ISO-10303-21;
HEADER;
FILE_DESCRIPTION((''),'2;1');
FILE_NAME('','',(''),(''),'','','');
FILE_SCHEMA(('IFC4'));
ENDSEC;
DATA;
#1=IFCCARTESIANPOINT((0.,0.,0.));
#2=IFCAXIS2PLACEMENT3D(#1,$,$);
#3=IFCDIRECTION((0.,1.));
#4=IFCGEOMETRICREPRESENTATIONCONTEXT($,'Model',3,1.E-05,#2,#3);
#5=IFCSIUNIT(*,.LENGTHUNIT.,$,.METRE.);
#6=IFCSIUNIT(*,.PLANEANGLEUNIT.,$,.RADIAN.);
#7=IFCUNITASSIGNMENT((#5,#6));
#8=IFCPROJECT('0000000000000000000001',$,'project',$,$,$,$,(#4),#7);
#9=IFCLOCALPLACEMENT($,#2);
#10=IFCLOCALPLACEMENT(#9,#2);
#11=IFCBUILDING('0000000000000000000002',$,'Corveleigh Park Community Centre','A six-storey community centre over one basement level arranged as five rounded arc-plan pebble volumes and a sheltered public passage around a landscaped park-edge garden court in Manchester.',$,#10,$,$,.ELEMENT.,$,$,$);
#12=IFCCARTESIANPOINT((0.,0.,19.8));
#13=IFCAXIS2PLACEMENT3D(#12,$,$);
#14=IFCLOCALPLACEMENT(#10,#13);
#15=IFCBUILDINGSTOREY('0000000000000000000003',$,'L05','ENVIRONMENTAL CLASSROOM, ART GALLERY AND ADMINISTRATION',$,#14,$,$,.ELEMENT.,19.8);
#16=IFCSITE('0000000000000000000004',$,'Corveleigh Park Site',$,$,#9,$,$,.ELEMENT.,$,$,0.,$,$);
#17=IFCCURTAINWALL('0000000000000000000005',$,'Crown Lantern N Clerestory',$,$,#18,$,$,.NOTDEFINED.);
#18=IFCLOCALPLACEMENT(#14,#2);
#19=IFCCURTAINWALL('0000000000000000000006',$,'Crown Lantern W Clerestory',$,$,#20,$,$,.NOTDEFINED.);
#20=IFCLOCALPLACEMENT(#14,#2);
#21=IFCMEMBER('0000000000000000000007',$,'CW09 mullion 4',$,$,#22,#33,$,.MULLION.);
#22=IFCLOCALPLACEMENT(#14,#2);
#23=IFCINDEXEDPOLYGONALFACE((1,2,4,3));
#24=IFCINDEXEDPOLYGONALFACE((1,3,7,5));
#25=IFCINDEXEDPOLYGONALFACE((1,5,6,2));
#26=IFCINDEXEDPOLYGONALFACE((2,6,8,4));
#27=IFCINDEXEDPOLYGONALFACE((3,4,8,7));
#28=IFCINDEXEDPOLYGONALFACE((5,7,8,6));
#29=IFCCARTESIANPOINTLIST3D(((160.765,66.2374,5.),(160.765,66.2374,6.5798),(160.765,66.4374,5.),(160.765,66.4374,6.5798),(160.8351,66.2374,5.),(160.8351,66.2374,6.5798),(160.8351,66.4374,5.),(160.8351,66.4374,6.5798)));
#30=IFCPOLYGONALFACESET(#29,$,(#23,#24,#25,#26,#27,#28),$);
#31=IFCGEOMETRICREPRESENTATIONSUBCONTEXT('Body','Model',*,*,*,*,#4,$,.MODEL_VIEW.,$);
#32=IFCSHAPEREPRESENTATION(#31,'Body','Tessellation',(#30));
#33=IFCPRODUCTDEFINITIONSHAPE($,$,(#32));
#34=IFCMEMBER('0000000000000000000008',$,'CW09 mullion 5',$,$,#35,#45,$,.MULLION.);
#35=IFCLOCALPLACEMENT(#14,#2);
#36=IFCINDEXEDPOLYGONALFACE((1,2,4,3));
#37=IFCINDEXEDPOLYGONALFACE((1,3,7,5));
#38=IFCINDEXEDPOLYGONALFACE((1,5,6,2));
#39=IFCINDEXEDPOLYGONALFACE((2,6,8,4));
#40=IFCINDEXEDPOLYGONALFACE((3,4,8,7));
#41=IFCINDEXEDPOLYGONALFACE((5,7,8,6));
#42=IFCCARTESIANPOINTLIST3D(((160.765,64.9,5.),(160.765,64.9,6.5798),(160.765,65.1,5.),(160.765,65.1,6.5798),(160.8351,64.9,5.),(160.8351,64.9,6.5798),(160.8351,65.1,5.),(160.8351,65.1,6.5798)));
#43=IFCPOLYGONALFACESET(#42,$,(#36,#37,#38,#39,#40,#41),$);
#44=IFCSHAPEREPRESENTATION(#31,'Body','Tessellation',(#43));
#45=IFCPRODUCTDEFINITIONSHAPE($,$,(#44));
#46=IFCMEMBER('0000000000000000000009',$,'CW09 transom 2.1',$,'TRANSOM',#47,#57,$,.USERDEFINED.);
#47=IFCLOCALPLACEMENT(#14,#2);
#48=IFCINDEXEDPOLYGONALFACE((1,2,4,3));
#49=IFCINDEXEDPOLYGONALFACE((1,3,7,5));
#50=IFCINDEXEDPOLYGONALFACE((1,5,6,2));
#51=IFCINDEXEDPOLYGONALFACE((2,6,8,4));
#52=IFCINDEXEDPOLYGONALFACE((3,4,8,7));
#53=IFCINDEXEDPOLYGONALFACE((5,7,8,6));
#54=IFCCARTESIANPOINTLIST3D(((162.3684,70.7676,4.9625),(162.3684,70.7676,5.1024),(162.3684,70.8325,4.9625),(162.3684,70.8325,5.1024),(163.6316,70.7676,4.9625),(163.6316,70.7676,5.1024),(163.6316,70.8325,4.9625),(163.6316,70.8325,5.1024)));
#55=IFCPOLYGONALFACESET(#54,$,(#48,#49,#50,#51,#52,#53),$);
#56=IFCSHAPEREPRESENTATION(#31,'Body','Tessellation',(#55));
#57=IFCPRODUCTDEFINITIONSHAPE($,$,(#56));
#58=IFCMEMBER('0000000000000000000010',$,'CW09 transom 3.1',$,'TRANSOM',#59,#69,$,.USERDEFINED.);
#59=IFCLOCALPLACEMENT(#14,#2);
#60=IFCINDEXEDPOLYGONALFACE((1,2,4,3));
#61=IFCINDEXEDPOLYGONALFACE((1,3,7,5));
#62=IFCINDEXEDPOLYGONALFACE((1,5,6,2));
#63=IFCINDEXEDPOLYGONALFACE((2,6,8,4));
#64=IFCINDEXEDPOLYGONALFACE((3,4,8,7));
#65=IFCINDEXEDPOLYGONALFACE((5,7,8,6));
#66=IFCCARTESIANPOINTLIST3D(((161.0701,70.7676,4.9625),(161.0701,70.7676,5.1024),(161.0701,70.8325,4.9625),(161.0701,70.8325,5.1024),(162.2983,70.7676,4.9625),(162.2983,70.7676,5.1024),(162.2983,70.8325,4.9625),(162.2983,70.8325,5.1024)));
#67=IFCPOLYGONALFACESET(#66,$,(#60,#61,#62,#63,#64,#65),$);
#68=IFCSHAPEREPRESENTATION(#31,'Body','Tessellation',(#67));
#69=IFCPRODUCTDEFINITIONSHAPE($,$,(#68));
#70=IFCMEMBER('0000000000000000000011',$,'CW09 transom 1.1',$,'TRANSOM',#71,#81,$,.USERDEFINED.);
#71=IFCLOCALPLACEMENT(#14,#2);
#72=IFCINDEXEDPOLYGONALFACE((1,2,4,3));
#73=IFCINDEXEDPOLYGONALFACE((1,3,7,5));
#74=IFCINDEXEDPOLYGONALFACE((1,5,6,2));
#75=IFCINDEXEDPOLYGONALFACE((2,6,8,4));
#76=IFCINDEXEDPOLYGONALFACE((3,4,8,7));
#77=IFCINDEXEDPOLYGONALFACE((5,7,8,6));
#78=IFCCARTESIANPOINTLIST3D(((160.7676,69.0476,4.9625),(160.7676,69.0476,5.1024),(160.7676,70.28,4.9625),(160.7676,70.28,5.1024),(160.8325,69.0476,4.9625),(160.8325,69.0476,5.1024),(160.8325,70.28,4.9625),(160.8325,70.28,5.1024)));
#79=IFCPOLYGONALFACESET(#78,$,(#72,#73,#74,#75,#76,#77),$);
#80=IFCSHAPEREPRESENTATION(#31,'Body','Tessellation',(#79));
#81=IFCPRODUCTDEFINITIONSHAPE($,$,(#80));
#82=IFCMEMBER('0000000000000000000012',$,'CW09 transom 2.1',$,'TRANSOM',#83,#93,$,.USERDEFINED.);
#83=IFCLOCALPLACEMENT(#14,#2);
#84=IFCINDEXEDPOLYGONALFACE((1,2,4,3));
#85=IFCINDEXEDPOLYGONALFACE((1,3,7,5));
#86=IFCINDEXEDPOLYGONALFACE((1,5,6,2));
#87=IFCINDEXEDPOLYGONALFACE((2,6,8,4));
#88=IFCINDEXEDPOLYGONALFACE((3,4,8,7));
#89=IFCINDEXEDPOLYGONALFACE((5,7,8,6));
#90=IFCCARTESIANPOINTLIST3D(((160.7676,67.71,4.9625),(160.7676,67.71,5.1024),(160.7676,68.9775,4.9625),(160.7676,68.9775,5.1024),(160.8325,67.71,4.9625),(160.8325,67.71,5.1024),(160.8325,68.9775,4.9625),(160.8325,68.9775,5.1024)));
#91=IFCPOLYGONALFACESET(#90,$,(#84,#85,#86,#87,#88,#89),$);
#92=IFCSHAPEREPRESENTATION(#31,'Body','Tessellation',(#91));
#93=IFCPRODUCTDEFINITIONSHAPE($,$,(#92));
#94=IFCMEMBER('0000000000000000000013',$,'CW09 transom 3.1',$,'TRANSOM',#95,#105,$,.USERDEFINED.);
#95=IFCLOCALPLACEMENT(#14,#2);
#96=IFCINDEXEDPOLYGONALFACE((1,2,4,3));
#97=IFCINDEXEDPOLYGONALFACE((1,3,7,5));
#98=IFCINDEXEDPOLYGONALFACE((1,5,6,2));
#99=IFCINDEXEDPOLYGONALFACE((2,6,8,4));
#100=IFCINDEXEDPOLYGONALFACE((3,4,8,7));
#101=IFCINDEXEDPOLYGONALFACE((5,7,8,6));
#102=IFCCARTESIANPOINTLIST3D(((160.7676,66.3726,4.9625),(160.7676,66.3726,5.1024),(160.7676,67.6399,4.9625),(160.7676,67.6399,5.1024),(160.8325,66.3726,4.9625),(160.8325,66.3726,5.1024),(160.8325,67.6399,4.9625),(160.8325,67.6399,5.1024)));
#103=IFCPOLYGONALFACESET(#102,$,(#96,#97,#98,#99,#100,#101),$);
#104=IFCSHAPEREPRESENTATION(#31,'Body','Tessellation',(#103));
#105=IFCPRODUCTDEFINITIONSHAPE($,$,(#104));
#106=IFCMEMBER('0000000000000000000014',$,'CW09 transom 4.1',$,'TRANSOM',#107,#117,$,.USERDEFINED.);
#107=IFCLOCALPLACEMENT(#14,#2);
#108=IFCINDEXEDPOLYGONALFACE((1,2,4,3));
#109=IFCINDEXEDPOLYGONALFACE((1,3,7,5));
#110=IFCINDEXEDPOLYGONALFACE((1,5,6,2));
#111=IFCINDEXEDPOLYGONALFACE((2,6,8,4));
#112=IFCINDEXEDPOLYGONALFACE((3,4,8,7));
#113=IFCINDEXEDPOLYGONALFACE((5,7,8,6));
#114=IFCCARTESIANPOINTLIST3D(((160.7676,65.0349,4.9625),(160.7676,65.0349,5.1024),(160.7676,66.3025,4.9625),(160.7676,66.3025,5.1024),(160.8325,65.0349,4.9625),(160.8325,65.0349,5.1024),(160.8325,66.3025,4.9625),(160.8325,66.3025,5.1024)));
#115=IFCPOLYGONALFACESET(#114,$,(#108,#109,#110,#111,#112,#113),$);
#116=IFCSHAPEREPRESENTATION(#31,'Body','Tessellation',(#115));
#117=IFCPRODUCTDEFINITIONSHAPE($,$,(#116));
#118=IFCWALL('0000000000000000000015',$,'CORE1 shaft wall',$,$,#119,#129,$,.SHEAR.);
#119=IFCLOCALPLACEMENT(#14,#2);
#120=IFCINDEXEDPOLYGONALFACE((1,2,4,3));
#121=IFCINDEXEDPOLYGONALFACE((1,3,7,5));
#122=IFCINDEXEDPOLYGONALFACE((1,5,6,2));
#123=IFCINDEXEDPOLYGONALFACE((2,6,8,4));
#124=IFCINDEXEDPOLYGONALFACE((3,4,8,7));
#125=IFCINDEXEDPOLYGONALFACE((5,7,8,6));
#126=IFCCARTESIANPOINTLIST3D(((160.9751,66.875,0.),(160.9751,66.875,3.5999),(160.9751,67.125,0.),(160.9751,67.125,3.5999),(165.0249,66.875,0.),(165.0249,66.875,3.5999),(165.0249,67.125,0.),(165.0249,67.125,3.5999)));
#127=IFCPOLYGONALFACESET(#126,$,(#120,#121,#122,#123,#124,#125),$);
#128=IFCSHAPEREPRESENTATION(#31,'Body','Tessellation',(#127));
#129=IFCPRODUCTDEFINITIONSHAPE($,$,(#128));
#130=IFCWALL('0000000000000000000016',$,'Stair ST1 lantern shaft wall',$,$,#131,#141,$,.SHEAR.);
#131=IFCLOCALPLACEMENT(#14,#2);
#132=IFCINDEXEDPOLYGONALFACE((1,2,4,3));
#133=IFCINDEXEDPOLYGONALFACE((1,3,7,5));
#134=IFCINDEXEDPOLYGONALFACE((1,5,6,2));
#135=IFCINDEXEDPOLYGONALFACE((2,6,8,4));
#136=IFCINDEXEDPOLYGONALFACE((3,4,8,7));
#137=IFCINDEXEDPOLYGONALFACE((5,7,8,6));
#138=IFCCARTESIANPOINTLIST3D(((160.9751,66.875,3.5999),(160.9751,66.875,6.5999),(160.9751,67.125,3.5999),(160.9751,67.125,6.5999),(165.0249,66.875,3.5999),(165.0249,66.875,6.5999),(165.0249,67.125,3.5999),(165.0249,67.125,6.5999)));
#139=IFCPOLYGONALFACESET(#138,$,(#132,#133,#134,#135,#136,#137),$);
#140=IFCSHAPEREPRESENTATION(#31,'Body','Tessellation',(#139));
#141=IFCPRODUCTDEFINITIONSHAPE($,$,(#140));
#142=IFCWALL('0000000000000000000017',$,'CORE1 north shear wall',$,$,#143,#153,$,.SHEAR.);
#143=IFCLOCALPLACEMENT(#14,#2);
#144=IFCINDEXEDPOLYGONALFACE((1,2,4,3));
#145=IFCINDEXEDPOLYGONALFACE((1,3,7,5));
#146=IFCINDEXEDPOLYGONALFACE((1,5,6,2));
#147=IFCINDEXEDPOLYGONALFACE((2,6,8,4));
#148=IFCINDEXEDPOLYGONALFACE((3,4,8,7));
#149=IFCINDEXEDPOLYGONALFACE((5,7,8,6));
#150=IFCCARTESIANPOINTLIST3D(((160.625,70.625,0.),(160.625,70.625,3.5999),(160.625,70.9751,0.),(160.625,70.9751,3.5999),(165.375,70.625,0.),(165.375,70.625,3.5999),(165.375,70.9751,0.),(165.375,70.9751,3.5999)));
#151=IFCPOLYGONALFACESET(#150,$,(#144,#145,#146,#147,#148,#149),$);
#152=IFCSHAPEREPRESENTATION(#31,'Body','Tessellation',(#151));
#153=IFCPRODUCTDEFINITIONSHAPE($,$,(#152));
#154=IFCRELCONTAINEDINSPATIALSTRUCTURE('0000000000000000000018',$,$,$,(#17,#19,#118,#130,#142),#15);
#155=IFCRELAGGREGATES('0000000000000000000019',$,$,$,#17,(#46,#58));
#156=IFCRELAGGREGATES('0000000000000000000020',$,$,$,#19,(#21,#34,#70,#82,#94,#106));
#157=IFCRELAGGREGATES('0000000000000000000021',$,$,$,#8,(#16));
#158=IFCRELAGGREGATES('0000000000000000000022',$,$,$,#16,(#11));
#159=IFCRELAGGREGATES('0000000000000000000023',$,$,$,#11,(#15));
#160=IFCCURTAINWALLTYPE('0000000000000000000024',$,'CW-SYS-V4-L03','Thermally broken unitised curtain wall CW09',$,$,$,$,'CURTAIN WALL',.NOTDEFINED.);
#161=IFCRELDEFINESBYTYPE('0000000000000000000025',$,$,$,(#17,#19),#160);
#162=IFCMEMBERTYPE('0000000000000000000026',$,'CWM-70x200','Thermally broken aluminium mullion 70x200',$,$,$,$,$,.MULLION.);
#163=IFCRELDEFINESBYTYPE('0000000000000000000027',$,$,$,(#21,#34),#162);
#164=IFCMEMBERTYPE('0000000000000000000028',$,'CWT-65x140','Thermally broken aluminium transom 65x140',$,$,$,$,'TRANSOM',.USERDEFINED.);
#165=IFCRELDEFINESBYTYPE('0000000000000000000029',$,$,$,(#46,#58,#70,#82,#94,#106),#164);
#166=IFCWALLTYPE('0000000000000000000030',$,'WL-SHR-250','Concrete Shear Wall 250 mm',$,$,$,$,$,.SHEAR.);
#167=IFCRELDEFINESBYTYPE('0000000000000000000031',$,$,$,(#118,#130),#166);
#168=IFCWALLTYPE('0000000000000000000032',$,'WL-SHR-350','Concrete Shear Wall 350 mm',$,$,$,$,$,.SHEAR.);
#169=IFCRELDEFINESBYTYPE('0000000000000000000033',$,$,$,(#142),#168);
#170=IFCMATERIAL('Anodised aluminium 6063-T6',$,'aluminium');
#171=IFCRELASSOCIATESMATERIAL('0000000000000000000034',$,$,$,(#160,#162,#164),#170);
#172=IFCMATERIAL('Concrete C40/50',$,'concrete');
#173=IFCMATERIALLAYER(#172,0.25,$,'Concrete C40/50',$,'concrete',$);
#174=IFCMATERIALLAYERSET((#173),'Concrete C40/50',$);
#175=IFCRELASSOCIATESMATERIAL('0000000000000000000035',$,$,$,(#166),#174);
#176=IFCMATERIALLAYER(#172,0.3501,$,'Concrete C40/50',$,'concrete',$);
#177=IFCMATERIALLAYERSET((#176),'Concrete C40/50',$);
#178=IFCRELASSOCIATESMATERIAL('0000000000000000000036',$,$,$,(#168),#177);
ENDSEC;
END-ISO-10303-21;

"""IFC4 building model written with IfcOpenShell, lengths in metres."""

from ifc_helpers import new_model, si_unit, direction, frame, frame_2d, origin, origin_2d, place, context, subcontext, project, spatial, rectangle, extrude, material, layer, layer_set, material_profile, profile_set, type_object, element, aggregate, save


model = new_model("IFC4")

# Units and contexts
model_context = context("Model", 3, precision=1e-05, world=origin(), true_north=direction((0.0, 1.0)))
body_context = subcontext(model_context, "Body", "Model", "MODEL_VIEW")
ifc_project = project(units=[si_unit("LENGTHUNIT", "METRE"), si_unit("PLANEANGLEUNIT", "RADIAN")], contexts=[model_context])

# Site, building, storey
site_placement = place(None, origin())
site = spatial("IfcSite", under=ifc_project, at=site_placement, Name="Corveleigh Park Site", CompositionType="ELEMENT", RefElevation=0.0)
building_placement = place(site_placement, origin())
building = spatial("IfcBuilding", under=site, at=building_placement, Name="Corveleigh Park Community Centre", Description="A six-storey community centre over one basement level arranged as five rounded arc-plan pebble volumes and a sheltered public passage around a landscaped park-edge garden court in Manchester.", CompositionType="ELEMENT")
storey_placement = place(building_placement, frame((0.0, 0.0, 19.8)))
storey = spatial("IfcBuildingStorey", under=building, at=storey_placement, Name="L05", Description="ENVIRONMENTAL CLASSROOM, ART GALLERY AND ADMINISTRATION", CompositionType="ELEMENT", Elevation=19.8)

# Curtain walls, members
ifc_material_1 = material(Name="Anodised aluminium 6063-T6", Category="aluminium")
curtain_wall_type = type_object("IfcCurtainWallType", Name="CW-SYS-V4-L03", Description="Thermally broken unitised curtain wall CW09", ElementType="CURTAIN WALL", PredefinedType="NOTDEFINED", material=ifc_material_1)
curtain_wall_1_placement = place(storey_placement, origin())
curtain_wall_1 = element("IfcCurtainWall", 1, at=curtain_wall_1_placement, inside=storey, type_object=curtain_wall_type, Name="Crown Lantern N Clerestory", PredefinedType="NOTDEFINED")
ifc_material_profile_1 = material_profile(ifc_material_1, rectangle(XDim=0.0701, YDim=0.2, at=origin_2d()), Name="ALU-M70x200", Category="aluminium")
ifc_profile_set_1 = profile_set([ifc_material_profile_1], Name="Anodised aluminium 6063-T6")
member_type_1 = type_object("IfcMemberType", Name="CWM-70x200", Description="Thermally broken aluminium mullion 70x200", PredefinedType="MULLION", material=ifc_profile_set_1)
curtain_wall_2_placement = place(storey_placement, origin())
curtain_wall_2 = element("IfcCurtainWall", 2, at=curtain_wall_2_placement, inside=storey, type_object=curtain_wall_type, Name="Crown Lantern W Clerestory", PredefinedType="NOTDEFINED")
member_1_placement = place(storey_placement, frame((160.8, 66.3374, 5.0), z_axis=(0.0, 0.0, 1.0), x_axis=(1.0, 0.0, 0.0)))
member_1 = element("IfcMember", 3, at=member_1_placement, type_object=member_type_1, Name="CW09 mullion 4", PredefinedType="MULLION", context=body_context, shape_type="SweptSolid", body=[
    extrude(rectangle(XDim=0.0701, YDim=0.2, at=origin_2d()), origin(), (0.0, 0.0, 1.0), 1.5798),
])
member_2_placement = place(storey_placement, frame((160.8, 65.0, 5.0), z_axis=(0.0, 0.0, 1.0), x_axis=(1.0, 0.0, 0.0)))
member_2 = element("IfcMember", 4, at=member_2_placement, type_object=member_type_1, Name="CW09 mullion 5", PredefinedType="MULLION", context=body_context, shape_type="SweptSolid", body=[
    extrude(rectangle(XDim=0.0701, YDim=0.2, at=origin_2d()), origin(), (0.0, 0.0, 1.0), 1.5798),
])

# Members
ifc_material_profile_2 = material_profile(ifc_material_1, rectangle(XDim=0.0649, YDim=0.1399, at=origin_2d()), Name="ALU-T65x140", Category="aluminium")
ifc_profile_set_2 = profile_set([ifc_material_profile_2], Name="Anodised aluminium 6063-T6")
member_type_2 = type_object("IfcMemberType", Name="CWT-65x140", Description="Thermally broken aluminium transom 65x140", ElementType="TRANSOM", PredefinedType="USERDEFINED", material=ifc_profile_set_2)
member_3_placement = place(storey_placement, frame((163.6316, 70.8, 5.0325), z_axis=(-1.0, 0.0, 0.0), x_axis=(0.0, -1.0, 0.0)))
member_3 = element("IfcMember", 5, at=member_3_placement, type_object=member_type_2, Name="CW09 transom 2.1", ObjectType="TRANSOM", PredefinedType="USERDEFINED", context=body_context, shape_type="SweptSolid", body=[
    extrude(rectangle(XDim=0.0649, YDim=0.1399, at=origin_2d()), origin(), (0.0, 0.0, 1.0), 1.2632),
])
member_4_placement = place(storey_placement, frame((162.2983, 70.8, 5.0325), z_axis=(-1.0, 0.0, 0.0), x_axis=(0.0, -1.0, 0.0)))
member_4 = element("IfcMember", 6, at=member_4_placement, type_object=member_type_2, Name="CW09 transom 3.1", ObjectType="TRANSOM", PredefinedType="USERDEFINED", context=body_context, shape_type="SweptSolid", body=[
    extrude(rectangle(XDim=0.0649, YDim=0.1399, at=origin_2d()), origin(), (0.0, 0.0, 1.0), 1.2283),
])
aggregate(curtain_wall_1, [member_3, member_4])
member_5_placement = place(storey_placement, frame((160.8, 70.28, 5.0325), z_axis=(0.0, -1.0, 0.0), x_axis=(1.0, 0.0, 0.0)))
member_5 = element("IfcMember", 7, at=member_5_placement, type_object=member_type_2, Name="CW09 transom 1.1", ObjectType="TRANSOM", PredefinedType="USERDEFINED", context=body_context, shape_type="SweptSolid", body=[
    extrude(rectangle(XDim=0.0649, YDim=0.1399, at=origin_2d()), origin(), (0.0, 0.0, 1.0), 1.2324),
])
member_6_placement = place(storey_placement, frame((160.8, 68.9775, 5.0325), z_axis=(0.0, -1.0, 0.0), x_axis=(1.0, 0.0, 0.0)))
member_6 = element("IfcMember", 8, at=member_6_placement, type_object=member_type_2, Name="CW09 transom 2.1", ObjectType="TRANSOM", PredefinedType="USERDEFINED", context=body_context, shape_type="SweptSolid", body=[
    extrude(rectangle(XDim=0.0649, YDim=0.1399, at=origin_2d()), origin(), (0.0, 0.0, 1.0), 1.2676),
])
member_7_placement = place(storey_placement, frame((160.8, 67.6399, 5.0325), z_axis=(0.0, -1.0, 0.0), x_axis=(1.0, 0.0, 0.0)))
member_7 = element("IfcMember", 9, at=member_7_placement, type_object=member_type_2, Name="CW09 transom 3.1", ObjectType="TRANSOM", PredefinedType="USERDEFINED", context=body_context, shape_type="SweptSolid", body=[
    extrude(rectangle(XDim=0.0649, YDim=0.1399, at=origin_2d()), origin(), (0.0, 0.0, 1.0), 1.2673),
])
member_8_placement = place(storey_placement, frame((160.8, 66.3025, 5.0325), z_axis=(0.0, -1.0, 0.0), x_axis=(1.0, 0.0, 0.0)))
member_8 = element("IfcMember", 10, at=member_8_placement, type_object=member_type_2, Name="CW09 transom 4.1", ObjectType="TRANSOM", PredefinedType="USERDEFINED", context=body_context, shape_type="SweptSolid", body=[
    extrude(rectangle(XDim=0.0649, YDim=0.1399, at=origin_2d()), origin(), (0.0, 0.0, 1.0), 1.2676),
])
aggregate(curtain_wall_2, [member_1, member_2, member_5, member_6, member_7, member_8])

# Walls
ifc_material_2 = material(Name="Concrete C40/50", Category="concrete")
ifc_layer_1 = layer(ifc_material_2, 0.25, Name="Concrete C40/50", Category="concrete")
ifc_layer_set_1 = layer_set([ifc_layer_1], Name="Concrete C40/50")
wall_type_1 = type_object("IfcWallType", Name="WL-SHR-250", Description="Concrete Shear Wall 250 mm", PredefinedType="SHEAR", material=ifc_layer_set_1)
wall_1_placement = place(storey_placement, frame((160.9751, 67.0, 0.0), z_axis=(0.0, 0.0, 1.0), x_axis=(1.0, 0.0, 0.0)))
element("IfcWall", 11, at=wall_1_placement, inside=storey, type_object=wall_type_1, Name="CORE1 shaft wall", PredefinedType="SHEAR", context=body_context, shape_type="SweptSolid", body=[
    extrude(rectangle(XDim=4.0498, YDim=0.25, at=frame_2d((2.0249, 0.0))), origin(), (0.0, 0.0, 1.0), 3.5999),
])
wall_2_placement = place(storey_placement, frame((160.9751, 67.0, 3.5999), z_axis=(0.0, 0.0, 1.0), x_axis=(1.0, 0.0, 0.0)))
element("IfcWall", 12, at=wall_2_placement, inside=storey, type_object=wall_type_1, Name="Stair ST1 lantern shaft wall", PredefinedType="SHEAR", context=body_context, shape_type="SweptSolid", body=[
    extrude(rectangle(XDim=4.0498, YDim=0.25, at=frame_2d((2.0249, 0.0))), origin(), (0.0, 0.0, 1.0), 3.0),
])
ifc_layer_2 = layer(ifc_material_2, 0.3501, Name="Concrete C40/50", Category="concrete")
ifc_layer_set_2 = layer_set([ifc_layer_2], Name="Concrete C40/50")
wall_type_2 = type_object("IfcWallType", Name="WL-SHR-350", Description="Concrete Shear Wall 350 mm", PredefinedType="SHEAR", material=ifc_layer_set_2)
wall_3_placement = place(storey_placement, frame((165.375, 70.8, 0.0), z_axis=(0.0, 0.0, 1.0), x_axis=(-1.0, 0.0, 0.0)))
element("IfcWall", 13, at=wall_3_placement, inside=storey, type_object=wall_type_2, Name="CORE1 north shear wall", PredefinedType="SHEAR", context=body_context, shape_type="SweptSolid", body=[
    extrude(rectangle(XDim=4.75, YDim=0.3501, at=frame_2d((2.375, 0.0))), origin(), (0.0, 0.0, 1.0), 3.5999),
])

save(model, "model.ifc")
